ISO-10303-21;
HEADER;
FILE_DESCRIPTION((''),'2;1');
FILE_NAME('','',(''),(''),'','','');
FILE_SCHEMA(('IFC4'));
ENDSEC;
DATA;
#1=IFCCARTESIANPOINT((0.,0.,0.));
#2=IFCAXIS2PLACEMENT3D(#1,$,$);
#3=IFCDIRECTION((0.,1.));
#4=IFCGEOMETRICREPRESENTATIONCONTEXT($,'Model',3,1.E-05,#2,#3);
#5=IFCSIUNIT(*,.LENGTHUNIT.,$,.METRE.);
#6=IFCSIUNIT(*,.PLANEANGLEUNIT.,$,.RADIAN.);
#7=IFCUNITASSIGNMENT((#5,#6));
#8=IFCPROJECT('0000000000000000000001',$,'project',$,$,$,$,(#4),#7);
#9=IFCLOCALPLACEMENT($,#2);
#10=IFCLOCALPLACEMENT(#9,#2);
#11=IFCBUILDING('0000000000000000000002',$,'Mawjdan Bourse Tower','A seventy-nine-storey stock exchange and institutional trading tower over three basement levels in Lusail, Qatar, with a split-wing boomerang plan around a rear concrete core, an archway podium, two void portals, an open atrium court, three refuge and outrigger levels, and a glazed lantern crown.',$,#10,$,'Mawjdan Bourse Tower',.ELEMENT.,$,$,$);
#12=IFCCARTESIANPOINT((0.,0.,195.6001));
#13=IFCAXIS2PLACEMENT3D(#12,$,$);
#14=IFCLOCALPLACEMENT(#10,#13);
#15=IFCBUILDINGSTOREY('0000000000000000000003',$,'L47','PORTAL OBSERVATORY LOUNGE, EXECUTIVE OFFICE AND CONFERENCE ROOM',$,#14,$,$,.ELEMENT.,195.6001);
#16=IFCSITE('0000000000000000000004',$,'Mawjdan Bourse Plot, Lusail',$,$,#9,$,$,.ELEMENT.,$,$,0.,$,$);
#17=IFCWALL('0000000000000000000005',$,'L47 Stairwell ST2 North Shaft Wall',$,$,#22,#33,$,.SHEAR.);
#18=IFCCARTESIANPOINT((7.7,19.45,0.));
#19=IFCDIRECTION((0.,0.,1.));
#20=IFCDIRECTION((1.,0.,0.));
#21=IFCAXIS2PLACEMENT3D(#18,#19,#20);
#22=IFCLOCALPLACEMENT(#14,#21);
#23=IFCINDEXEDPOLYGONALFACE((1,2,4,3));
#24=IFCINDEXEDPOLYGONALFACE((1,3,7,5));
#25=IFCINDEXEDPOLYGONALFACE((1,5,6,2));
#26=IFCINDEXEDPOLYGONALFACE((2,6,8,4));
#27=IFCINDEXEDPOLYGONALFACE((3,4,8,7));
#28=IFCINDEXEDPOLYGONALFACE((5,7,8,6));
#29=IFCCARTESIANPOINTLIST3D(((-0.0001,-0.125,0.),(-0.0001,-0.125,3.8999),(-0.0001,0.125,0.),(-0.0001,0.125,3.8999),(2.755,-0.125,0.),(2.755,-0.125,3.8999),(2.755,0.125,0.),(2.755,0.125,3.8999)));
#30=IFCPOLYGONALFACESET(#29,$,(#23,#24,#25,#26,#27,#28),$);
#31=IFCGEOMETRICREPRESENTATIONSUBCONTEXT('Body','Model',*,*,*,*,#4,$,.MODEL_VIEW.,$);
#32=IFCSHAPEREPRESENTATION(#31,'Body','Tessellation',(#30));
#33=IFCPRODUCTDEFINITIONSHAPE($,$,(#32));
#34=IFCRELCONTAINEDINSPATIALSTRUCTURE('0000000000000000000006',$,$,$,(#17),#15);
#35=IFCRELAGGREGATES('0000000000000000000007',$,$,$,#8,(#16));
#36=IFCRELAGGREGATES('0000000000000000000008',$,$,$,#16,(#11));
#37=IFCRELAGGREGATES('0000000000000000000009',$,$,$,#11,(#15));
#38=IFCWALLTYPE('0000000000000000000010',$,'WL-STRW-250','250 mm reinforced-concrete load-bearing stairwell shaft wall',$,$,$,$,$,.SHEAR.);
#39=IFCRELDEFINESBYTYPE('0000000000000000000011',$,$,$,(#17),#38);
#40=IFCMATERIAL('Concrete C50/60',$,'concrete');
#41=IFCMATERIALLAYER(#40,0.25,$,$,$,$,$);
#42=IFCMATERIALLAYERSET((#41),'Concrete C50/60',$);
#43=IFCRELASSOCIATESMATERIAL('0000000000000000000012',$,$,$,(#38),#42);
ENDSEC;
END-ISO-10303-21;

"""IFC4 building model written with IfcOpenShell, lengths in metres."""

from ifc_helpers import new_model, si_unit, direction, frame, frame_2d, origin, place, context, subcontext, project, spatial, rectangle, extrude, material, layer, layer_set, type_object, element, save


model = new_model("IFC4")

# Units and contexts
model_context = context("Model", 3, precision=1e-05, world=origin(), true_north=direction((0.0, 1.0)))
body_context = subcontext(model_context, "Body", "Model", "MODEL_VIEW")
ifc_project = project(units=[si_unit("LENGTHUNIT", "METRE"), si_unit("PLANEANGLEUNIT", "RADIAN")], contexts=[model_context])

# Site, building, storey
site_placement = place(None, origin())
site = spatial("IfcSite", under=ifc_project, at=site_placement, Name="Mawjdan Bourse Plot, Lusail", CompositionType="ELEMENT", RefElevation=0.0)
building_placement = place(site_placement, origin())
building = spatial("IfcBuilding", under=site, at=building_placement, Name="Mawjdan Bourse Tower", Description="A seventy-nine-storey stock exchange and institutional trading tower over three basement levels in Lusail, Qatar, with a split-wing boomerang plan around a rear concrete core, an archway podium, two void portals, an open atrium court, three refuge and outrigger levels, and a glazed lantern crown.", LongName="Mawjdan Bourse Tower", CompositionType="ELEMENT")
storey_placement = place(building_placement, frame((0.0, 0.0, 195.6001)))
storey = spatial("IfcBuildingStorey", under=building, at=storey_placement, Name="L47", Description="PORTAL OBSERVATORY LOUNGE, EXECUTIVE OFFICE AND CONFERENCE ROOM", CompositionType="ELEMENT", Elevation=195.6001)

# Shared definitions
ifc_material_1 = material(Name="Concrete C50/60", Category="concrete")

# Wall
ifc_layer_1 = layer(ifc_material_1, 0.25)
ifc_layer_set_1 = layer_set([ifc_layer_1], Name="Concrete C50/60")
wall_type_1 = type_object("IfcWallType", Name="WL-STRW-250", Description="250 mm reinforced-concrete load-bearing stairwell shaft wall", PredefinedType="SHEAR", material=ifc_layer_set_1)
wall_1_placement = place(storey_placement, frame((7.7, 19.45, 0.0), z_axis=(0.0, 0.0, 1.0), x_axis=(1.0, 0.0, 0.0)))
element("IfcWall", 1, at=wall_1_placement, inside=storey, type_object=wall_type_1, Name="L47 Stairwell ST2 North Shaft Wall", PredefinedType="SHEAR", context=body_context, shape_type="SweptSolid", body=[
    extrude(rectangle(XDim=2.7551, YDim=0.25, at=frame_2d((1.3774, 0.0))), origin(), (0.0, 0.0, 1.0), 3.8999),
])

save(model, "model.ifc")
